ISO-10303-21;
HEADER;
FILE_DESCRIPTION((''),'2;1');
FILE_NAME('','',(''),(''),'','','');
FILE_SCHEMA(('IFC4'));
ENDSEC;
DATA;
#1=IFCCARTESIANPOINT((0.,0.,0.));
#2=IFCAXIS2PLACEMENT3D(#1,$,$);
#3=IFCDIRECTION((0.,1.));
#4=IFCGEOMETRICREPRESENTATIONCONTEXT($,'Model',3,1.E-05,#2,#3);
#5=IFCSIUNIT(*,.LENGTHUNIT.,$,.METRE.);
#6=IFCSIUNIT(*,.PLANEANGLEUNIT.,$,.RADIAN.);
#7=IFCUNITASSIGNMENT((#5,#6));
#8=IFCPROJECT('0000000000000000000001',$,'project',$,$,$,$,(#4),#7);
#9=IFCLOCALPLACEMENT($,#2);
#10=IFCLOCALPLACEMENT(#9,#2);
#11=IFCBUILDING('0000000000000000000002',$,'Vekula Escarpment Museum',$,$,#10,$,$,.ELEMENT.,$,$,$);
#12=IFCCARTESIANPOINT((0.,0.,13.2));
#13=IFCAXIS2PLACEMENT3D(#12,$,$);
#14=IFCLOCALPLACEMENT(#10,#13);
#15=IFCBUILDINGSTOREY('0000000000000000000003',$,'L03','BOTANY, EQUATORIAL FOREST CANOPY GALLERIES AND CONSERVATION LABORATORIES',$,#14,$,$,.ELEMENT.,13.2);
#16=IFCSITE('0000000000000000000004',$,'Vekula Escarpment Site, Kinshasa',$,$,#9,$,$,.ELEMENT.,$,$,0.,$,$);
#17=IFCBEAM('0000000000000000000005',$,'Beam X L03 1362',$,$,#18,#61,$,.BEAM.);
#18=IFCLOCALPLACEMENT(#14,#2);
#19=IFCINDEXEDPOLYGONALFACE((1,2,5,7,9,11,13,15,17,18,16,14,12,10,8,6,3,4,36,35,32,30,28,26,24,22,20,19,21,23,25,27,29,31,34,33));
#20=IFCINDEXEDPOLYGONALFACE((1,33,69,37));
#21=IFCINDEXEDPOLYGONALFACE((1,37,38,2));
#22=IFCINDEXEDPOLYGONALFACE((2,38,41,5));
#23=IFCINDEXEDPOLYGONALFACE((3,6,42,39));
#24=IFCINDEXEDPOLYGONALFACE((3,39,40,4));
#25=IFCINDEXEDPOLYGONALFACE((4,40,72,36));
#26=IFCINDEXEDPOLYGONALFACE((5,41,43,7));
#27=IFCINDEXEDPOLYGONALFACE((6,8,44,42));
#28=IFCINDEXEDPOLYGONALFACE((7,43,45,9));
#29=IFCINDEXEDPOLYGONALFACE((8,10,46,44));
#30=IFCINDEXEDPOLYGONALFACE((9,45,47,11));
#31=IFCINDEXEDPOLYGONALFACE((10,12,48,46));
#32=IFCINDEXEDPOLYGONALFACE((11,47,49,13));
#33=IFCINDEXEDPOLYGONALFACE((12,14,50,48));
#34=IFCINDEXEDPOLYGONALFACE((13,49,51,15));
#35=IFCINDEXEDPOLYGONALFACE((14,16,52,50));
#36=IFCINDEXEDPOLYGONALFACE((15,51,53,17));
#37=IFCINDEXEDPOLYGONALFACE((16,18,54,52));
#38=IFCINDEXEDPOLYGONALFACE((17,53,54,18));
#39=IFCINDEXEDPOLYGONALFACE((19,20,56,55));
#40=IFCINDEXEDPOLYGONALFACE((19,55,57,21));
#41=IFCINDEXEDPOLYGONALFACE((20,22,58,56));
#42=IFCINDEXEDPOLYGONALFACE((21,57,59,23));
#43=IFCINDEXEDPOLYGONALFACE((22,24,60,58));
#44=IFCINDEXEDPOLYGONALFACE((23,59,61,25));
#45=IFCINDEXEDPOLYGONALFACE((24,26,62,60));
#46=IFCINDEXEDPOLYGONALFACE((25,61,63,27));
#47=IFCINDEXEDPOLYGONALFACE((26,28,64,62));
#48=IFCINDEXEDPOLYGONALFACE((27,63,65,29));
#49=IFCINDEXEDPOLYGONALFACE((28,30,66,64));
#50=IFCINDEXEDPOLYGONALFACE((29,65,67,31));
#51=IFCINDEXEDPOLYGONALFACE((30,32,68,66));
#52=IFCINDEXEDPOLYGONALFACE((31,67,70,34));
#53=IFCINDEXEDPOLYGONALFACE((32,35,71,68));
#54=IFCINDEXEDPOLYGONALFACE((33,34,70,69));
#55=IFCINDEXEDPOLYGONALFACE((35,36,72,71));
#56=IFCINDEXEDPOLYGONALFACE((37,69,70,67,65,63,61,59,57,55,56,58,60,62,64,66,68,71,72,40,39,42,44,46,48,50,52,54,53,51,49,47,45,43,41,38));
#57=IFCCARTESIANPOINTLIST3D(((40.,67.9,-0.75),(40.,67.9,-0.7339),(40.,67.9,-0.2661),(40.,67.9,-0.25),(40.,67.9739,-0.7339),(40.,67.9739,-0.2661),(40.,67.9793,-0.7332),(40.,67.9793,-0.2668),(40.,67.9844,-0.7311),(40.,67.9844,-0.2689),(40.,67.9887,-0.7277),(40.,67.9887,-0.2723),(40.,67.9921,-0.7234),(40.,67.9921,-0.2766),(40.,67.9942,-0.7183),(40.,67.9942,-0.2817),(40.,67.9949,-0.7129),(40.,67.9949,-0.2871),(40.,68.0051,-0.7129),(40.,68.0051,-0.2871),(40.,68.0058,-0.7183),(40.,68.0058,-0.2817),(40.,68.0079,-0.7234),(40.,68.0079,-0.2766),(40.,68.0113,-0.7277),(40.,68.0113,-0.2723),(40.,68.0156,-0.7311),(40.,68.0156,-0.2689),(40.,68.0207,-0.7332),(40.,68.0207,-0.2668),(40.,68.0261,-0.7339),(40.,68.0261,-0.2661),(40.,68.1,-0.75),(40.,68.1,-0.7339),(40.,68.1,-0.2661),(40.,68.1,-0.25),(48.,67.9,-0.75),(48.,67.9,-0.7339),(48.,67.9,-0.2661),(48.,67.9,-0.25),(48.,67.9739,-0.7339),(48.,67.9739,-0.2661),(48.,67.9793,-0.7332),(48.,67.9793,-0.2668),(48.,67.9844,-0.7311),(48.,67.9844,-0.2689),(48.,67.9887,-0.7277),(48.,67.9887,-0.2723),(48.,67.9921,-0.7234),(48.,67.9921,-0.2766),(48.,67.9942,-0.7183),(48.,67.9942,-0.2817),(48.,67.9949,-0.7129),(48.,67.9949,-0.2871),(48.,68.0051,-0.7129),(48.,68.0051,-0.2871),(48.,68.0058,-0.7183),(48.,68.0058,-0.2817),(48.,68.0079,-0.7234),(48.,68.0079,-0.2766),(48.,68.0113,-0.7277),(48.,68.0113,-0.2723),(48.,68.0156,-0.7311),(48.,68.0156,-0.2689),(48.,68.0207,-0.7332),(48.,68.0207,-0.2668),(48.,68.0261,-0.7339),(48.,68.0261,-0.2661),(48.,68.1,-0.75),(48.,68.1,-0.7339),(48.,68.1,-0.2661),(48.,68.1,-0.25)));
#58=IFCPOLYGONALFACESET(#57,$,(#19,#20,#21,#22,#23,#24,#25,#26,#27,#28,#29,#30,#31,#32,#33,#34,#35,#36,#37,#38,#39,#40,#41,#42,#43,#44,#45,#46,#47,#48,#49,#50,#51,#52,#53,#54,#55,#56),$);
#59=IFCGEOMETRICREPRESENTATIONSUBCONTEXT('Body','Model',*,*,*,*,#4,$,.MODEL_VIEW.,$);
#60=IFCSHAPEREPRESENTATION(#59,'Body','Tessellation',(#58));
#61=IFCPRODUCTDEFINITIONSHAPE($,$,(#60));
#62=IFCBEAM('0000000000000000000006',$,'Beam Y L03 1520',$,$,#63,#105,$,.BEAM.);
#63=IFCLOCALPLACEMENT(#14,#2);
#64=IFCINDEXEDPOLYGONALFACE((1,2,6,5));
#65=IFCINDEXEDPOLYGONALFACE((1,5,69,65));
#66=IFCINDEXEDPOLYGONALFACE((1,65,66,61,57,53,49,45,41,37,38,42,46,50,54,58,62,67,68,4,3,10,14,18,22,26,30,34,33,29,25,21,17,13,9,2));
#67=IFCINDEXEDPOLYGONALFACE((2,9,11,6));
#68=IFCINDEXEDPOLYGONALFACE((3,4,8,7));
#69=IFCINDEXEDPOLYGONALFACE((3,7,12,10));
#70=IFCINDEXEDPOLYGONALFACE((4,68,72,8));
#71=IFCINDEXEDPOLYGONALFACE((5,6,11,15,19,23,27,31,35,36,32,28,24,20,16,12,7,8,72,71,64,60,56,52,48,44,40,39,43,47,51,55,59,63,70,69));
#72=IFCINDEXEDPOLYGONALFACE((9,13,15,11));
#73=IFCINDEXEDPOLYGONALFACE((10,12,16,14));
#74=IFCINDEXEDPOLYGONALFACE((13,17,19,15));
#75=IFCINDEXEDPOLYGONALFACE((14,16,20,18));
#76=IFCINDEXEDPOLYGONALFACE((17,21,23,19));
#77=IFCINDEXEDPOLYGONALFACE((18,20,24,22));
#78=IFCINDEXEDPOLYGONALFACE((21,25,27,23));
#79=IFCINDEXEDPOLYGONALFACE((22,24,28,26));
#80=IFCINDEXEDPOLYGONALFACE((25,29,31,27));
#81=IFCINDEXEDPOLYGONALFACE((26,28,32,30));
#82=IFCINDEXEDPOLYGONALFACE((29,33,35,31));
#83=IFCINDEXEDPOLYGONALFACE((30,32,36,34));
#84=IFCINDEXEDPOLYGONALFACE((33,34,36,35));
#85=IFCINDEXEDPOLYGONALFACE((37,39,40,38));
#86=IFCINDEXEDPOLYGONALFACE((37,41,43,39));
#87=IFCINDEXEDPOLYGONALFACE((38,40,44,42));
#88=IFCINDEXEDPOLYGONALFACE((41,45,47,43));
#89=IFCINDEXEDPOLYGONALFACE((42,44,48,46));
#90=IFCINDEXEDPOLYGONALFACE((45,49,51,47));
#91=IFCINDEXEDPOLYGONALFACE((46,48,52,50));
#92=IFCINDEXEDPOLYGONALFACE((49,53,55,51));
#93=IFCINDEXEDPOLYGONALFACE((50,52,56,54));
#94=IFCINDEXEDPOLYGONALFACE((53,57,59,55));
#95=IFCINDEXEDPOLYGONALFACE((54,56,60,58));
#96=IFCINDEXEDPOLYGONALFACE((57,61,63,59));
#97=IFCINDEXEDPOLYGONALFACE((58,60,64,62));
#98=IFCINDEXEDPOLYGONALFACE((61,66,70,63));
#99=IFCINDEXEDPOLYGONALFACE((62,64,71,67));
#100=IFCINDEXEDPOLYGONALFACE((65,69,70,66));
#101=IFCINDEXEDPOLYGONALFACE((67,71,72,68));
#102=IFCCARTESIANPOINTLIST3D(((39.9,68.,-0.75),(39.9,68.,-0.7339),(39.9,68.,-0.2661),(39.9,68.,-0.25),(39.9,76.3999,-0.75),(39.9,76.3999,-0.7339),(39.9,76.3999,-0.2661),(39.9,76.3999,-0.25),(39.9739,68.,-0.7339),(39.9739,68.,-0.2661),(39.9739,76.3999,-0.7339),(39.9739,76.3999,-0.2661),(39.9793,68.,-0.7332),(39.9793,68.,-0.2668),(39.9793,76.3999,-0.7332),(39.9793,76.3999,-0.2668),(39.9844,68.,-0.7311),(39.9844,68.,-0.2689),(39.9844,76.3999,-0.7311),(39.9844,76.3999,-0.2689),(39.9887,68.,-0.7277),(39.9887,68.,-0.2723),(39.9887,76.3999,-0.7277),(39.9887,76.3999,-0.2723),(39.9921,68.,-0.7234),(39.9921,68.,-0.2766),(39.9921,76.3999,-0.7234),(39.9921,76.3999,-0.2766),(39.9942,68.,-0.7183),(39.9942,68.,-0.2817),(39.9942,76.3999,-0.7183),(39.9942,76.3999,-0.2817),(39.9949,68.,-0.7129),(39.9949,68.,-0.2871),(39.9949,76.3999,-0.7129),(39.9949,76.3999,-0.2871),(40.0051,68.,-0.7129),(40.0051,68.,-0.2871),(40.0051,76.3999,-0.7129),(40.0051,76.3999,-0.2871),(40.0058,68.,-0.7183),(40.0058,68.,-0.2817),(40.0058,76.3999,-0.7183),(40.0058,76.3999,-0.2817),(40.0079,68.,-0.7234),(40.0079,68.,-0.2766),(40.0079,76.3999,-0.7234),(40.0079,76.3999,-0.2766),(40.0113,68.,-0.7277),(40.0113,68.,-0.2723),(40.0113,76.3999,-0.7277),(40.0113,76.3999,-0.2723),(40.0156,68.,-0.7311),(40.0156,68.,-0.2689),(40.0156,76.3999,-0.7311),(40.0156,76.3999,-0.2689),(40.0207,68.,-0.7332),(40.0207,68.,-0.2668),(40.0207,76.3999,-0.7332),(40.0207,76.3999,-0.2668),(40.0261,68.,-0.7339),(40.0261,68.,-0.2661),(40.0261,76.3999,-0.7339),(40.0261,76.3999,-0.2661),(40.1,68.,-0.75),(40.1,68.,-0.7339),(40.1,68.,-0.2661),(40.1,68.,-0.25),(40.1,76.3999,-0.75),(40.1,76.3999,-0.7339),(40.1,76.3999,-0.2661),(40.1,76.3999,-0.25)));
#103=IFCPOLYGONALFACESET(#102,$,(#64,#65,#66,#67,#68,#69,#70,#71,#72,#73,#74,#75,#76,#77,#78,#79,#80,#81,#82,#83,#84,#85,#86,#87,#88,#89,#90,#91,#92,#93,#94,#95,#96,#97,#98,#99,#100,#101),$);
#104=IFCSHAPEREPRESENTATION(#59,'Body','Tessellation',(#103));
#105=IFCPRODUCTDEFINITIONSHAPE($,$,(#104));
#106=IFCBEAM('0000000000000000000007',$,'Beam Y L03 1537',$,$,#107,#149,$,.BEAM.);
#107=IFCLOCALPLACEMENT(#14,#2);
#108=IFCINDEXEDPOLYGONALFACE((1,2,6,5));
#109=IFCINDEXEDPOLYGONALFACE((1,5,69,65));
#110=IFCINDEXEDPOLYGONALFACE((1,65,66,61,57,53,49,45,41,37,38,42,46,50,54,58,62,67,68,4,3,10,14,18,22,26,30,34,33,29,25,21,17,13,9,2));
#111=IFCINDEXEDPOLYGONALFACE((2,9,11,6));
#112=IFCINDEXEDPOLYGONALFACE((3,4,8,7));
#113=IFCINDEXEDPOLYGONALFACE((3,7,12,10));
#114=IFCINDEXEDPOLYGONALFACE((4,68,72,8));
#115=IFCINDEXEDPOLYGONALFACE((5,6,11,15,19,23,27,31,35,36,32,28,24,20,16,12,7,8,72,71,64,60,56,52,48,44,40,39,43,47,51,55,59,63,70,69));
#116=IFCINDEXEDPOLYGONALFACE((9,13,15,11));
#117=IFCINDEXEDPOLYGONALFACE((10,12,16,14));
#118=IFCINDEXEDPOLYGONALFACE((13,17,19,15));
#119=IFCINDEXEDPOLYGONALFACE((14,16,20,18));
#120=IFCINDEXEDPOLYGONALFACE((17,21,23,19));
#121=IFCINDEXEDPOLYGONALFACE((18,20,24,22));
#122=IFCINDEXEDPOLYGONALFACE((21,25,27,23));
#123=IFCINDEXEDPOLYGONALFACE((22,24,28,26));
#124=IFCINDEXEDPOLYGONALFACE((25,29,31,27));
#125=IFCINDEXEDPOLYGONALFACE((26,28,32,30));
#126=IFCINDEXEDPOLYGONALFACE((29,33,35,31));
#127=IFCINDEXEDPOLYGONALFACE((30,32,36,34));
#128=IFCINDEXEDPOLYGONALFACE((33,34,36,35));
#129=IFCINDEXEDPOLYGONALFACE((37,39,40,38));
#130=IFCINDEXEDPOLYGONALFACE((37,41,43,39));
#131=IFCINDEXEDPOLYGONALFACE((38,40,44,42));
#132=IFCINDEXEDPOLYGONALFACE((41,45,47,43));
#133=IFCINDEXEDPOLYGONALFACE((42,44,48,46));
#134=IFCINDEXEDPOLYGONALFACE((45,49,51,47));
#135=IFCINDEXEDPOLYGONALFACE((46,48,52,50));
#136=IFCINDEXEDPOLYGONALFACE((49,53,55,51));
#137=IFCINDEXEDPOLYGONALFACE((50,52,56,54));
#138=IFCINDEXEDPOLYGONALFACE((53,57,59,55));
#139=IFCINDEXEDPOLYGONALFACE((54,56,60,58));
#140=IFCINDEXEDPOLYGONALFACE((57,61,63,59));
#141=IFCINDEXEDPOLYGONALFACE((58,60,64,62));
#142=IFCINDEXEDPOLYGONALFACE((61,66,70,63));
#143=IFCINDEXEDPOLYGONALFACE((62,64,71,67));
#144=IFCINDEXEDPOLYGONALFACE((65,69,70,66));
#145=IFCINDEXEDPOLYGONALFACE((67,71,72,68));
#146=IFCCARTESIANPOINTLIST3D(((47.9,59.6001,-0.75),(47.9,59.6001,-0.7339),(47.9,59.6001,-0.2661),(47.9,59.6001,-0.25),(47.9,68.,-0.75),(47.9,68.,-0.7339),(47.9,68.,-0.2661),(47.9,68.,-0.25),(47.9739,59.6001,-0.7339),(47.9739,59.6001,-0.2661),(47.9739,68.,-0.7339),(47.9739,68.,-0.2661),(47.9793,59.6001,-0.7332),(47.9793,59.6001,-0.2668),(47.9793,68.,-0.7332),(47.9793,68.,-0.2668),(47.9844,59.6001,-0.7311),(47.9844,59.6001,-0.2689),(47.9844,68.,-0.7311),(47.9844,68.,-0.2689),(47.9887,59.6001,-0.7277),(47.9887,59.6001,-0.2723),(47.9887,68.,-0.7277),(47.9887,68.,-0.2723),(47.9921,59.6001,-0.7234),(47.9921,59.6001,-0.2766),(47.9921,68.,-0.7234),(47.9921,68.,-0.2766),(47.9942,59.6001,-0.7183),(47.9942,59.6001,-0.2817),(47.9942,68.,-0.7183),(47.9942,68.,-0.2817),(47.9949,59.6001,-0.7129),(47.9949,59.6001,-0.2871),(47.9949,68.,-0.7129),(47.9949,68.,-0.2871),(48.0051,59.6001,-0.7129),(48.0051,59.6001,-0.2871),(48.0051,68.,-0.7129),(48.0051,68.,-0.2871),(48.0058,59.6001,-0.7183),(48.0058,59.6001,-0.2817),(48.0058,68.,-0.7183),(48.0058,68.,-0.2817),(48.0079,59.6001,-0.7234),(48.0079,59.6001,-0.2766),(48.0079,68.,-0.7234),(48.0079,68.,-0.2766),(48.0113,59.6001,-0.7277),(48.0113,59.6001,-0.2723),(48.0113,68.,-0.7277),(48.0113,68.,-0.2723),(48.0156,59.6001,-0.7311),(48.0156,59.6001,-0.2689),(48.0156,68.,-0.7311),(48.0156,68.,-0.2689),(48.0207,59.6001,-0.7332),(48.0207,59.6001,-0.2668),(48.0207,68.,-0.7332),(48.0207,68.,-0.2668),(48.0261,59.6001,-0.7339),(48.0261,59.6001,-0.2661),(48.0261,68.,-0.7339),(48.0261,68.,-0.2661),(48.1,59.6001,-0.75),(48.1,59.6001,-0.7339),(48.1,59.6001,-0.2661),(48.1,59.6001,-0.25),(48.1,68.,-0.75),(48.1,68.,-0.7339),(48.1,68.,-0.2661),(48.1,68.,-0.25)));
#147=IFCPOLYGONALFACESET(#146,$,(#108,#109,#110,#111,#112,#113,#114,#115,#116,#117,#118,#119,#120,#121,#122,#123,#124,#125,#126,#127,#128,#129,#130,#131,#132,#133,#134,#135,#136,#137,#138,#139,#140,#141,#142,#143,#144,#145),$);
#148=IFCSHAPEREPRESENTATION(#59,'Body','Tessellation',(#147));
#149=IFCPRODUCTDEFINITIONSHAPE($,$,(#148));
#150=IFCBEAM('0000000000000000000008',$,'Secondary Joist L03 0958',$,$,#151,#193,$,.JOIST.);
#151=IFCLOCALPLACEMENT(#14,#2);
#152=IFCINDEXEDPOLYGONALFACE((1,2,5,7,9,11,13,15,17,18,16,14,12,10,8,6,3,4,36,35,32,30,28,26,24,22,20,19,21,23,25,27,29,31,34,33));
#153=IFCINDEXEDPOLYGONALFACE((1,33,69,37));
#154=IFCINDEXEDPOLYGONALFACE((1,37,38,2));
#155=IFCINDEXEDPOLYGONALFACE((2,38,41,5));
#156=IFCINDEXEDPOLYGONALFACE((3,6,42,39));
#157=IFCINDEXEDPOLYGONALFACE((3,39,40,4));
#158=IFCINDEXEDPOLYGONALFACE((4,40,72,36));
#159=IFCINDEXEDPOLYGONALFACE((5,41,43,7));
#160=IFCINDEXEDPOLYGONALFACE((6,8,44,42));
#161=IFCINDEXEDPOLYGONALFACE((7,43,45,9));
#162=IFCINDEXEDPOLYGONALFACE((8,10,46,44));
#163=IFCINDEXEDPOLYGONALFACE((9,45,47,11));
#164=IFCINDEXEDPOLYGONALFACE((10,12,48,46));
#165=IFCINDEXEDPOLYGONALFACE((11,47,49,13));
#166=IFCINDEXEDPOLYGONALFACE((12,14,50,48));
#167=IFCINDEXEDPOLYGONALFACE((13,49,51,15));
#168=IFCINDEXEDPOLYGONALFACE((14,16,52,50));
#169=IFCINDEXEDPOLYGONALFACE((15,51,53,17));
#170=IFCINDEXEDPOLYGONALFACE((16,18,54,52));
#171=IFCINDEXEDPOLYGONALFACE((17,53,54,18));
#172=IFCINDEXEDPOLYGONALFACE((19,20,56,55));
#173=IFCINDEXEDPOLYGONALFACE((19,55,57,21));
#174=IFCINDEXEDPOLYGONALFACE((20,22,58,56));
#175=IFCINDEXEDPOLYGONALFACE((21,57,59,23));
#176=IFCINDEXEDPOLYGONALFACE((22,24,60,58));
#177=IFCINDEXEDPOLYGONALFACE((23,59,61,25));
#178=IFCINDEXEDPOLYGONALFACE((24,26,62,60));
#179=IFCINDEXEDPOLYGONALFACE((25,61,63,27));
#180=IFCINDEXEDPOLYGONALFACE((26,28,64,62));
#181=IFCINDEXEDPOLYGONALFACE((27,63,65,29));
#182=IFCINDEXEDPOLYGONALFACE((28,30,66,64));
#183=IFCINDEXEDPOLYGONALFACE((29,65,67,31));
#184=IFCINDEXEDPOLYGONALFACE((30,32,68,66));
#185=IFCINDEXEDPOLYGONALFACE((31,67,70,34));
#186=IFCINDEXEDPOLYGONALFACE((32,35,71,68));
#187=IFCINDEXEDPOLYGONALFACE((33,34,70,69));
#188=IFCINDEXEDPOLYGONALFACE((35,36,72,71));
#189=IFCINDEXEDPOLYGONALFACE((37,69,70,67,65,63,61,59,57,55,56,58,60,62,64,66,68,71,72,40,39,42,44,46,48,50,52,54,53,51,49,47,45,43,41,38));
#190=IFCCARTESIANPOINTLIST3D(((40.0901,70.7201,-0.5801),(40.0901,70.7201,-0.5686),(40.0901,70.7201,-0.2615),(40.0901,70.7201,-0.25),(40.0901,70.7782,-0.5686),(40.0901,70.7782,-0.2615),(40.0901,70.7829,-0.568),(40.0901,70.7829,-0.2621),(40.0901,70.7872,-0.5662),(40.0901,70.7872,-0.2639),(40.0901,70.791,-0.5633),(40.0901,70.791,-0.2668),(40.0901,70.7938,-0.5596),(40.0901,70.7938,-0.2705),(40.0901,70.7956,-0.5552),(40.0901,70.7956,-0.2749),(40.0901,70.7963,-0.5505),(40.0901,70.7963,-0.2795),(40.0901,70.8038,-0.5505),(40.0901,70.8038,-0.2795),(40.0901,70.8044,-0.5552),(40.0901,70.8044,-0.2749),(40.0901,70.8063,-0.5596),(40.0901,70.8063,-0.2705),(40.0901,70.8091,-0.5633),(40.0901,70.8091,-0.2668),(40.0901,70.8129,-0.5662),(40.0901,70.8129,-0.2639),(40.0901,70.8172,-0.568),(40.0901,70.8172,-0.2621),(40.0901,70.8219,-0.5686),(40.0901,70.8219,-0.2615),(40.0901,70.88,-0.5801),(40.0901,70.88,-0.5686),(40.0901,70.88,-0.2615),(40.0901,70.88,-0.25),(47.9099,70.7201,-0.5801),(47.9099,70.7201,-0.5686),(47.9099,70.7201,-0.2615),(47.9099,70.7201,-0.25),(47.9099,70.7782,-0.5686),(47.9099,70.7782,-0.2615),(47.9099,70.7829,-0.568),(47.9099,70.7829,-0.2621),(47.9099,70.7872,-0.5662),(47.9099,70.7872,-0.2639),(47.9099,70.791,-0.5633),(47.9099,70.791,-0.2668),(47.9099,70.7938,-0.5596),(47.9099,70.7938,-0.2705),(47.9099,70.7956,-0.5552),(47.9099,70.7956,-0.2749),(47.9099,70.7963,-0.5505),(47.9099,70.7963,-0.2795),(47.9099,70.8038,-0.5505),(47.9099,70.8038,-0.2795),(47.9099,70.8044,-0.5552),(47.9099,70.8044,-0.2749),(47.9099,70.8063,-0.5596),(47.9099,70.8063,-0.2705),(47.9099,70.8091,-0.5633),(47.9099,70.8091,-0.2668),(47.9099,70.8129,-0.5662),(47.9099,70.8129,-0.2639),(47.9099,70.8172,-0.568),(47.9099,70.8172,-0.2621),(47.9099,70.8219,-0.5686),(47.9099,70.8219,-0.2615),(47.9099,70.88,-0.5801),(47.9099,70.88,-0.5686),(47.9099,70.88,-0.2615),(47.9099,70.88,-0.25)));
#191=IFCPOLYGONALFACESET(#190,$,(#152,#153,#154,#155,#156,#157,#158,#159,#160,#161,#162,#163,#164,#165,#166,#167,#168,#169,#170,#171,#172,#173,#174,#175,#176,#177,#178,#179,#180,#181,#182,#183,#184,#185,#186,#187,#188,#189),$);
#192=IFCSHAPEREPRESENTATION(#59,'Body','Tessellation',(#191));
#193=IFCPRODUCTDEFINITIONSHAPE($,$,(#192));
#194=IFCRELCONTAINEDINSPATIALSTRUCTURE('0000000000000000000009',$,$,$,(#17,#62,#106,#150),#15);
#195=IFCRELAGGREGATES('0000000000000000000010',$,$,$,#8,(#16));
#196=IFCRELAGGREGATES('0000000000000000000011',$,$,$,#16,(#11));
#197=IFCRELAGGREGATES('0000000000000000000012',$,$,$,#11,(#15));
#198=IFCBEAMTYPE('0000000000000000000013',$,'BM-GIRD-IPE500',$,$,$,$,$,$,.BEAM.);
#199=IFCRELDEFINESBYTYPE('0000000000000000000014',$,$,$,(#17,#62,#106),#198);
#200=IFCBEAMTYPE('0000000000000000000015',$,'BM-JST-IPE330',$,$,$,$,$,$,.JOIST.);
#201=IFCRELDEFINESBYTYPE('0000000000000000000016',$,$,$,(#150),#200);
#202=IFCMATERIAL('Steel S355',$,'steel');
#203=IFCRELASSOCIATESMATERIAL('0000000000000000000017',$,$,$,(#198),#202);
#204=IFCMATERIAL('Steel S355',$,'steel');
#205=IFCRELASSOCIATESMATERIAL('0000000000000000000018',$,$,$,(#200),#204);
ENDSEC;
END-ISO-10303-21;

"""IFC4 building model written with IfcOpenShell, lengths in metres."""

from ifc_helpers import new_model, si_unit, direction, frame, origin, origin_2d, place, context, subcontext, project, spatial, i_section, extrude, material, material_profile, profile_set, type_object, element, save


model = new_model("IFC4")

# Units and contexts
model_context = context("Model", 3, precision=1e-05, world=origin(), true_north=direction((0.0, 1.0)))
body_context = subcontext(model_context, "Body", "Model", "MODEL_VIEW")
ifc_project = project(units=[si_unit("LENGTHUNIT", "METRE"), si_unit("PLANEANGLEUNIT", "RADIAN")], contexts=[model_context])

# Site, building, storey
site_placement = place(None, origin())
site = spatial("IfcSite", under=ifc_project, at=site_placement, Name="Vekula Escarpment Site, Kinshasa", CompositionType="ELEMENT", RefElevation=0.0)
building_placement = place(site_placement, origin())
building = spatial("IfcBuilding", under=site, at=building_placement, Name="Vekula Escarpment Museum", CompositionType="ELEMENT")
storey_placement = place(building_placement, frame((0.0, 0.0, 13.2)))
storey = spatial("IfcBuildingStorey", under=building, at=storey_placement, Name="L03", Description="BOTANY, EQUATORIAL FOREST CANOPY GALLERIES AND CONSERVATION LABORATORIES", CompositionType="ELEMENT", Elevation=13.2)

# Beams
ifc_material_1 = material(Name="Steel S355", Category="steel")
ifc_material_profile_1 = material_profile(ifc_material_1, i_section(OverallWidth=0.2, OverallDepth=0.5, WebThickness=0.0103, FlangeThickness=0.0161, FilletRadius=0.021, at=origin_2d()), Name="IPE 500")
ifc_profile_set_1 = profile_set([ifc_material_profile_1], Name="Steel S355")
beam_type_1 = type_object("IfcBeamType", Name="BM-GIRD-IPE500", PredefinedType="BEAM", material=ifc_profile_set_1)
beam_1_placement = place(storey_placement, frame((40.0, 68.0, -0.5), z_axis=(1.0, 0.0, 0.0), x_axis=(0.0, 1.0, 0.0)))
element("IfcBeam", 1, at=beam_1_placement, inside=storey, type_object=beam_type_1, Name="Beam X L03 1362", PredefinedType="BEAM", context=body_context, shape_type="SweptSolid", body=[
    extrude(i_section(OverallWidth=0.2, OverallDepth=0.5, WebThickness=0.0103, FlangeThickness=0.0161, FilletRadius=0.021, at=origin_2d()), origin(), (0.0, 0.0, 1.0), 8.0),
])
for number, where, z_axis, x_axis, name in (
    (2, (40.0, 68.0, -0.5), (0.0, 1.0, 0.0), (-1.0, 0.0, 0.0), "Beam Y L03 1520"),
    (3, (48.0, 59.6001, -0.5), (0.0, 1.0, 0.0), (-1.0, 0.0, 0.0), "Beam Y L03 1537"),
):
    element("IfcBeam", number, at=place(storey_placement, frame(where, z_axis=z_axis, x_axis=x_axis)), inside=storey, type_object=beam_type_1, Name=name, PredefinedType="BEAM", context=body_context, shape_type="SweptSolid", body=[
        extrude(i_section(OverallWidth=0.2, OverallDepth=0.5, WebThickness=0.0103, FlangeThickness=0.0161, FilletRadius=0.021, at=origin_2d()), origin(), (0.0, 0.0, 1.0), 8.3999),
    ])
ifc_material_2 = material(Name="Steel S355", Category="steel")
ifc_material_profile_2 = material_profile(ifc_material_2, i_section(OverallWidth=0.1599, OverallDepth=0.3301, WebThickness=0.0076, FlangeThickness=0.0115, FilletRadius=0.0181, at=origin_2d()), Name="IPE 330")
ifc_profile_set_2 = profile_set([ifc_material_profile_2], Name="Steel S355")
beam_type_2 = type_object("IfcBeamType", Name="BM-JST-IPE330", PredefinedType="JOIST", material=ifc_profile_set_2)
for number, where, z_axis, x_axis, name in (
    (4, (40.0901, 70.8, -0.415), (1.0, 0.0, 0.0), (0.0, 1.0, 0.0), "Secondary Joist L03 0958"),
):
    element("IfcBeam", number, at=place(storey_placement, frame(where, z_axis=z_axis, x_axis=x_axis)), inside=storey, type_object=beam_type_2, Name=name, PredefinedType="JOIST", context=body_context, shape_type="SweptSolid", body=[
        extrude(i_section(OverallWidth=0.1599, OverallDepth=0.3301, WebThickness=0.0076, FlangeThickness=0.0115, FilletRadius=0.0181, at=origin_2d()), origin(), (0.0, 0.0, 1.0), 7.8198),
    ])

save(model, "model.ifc")
